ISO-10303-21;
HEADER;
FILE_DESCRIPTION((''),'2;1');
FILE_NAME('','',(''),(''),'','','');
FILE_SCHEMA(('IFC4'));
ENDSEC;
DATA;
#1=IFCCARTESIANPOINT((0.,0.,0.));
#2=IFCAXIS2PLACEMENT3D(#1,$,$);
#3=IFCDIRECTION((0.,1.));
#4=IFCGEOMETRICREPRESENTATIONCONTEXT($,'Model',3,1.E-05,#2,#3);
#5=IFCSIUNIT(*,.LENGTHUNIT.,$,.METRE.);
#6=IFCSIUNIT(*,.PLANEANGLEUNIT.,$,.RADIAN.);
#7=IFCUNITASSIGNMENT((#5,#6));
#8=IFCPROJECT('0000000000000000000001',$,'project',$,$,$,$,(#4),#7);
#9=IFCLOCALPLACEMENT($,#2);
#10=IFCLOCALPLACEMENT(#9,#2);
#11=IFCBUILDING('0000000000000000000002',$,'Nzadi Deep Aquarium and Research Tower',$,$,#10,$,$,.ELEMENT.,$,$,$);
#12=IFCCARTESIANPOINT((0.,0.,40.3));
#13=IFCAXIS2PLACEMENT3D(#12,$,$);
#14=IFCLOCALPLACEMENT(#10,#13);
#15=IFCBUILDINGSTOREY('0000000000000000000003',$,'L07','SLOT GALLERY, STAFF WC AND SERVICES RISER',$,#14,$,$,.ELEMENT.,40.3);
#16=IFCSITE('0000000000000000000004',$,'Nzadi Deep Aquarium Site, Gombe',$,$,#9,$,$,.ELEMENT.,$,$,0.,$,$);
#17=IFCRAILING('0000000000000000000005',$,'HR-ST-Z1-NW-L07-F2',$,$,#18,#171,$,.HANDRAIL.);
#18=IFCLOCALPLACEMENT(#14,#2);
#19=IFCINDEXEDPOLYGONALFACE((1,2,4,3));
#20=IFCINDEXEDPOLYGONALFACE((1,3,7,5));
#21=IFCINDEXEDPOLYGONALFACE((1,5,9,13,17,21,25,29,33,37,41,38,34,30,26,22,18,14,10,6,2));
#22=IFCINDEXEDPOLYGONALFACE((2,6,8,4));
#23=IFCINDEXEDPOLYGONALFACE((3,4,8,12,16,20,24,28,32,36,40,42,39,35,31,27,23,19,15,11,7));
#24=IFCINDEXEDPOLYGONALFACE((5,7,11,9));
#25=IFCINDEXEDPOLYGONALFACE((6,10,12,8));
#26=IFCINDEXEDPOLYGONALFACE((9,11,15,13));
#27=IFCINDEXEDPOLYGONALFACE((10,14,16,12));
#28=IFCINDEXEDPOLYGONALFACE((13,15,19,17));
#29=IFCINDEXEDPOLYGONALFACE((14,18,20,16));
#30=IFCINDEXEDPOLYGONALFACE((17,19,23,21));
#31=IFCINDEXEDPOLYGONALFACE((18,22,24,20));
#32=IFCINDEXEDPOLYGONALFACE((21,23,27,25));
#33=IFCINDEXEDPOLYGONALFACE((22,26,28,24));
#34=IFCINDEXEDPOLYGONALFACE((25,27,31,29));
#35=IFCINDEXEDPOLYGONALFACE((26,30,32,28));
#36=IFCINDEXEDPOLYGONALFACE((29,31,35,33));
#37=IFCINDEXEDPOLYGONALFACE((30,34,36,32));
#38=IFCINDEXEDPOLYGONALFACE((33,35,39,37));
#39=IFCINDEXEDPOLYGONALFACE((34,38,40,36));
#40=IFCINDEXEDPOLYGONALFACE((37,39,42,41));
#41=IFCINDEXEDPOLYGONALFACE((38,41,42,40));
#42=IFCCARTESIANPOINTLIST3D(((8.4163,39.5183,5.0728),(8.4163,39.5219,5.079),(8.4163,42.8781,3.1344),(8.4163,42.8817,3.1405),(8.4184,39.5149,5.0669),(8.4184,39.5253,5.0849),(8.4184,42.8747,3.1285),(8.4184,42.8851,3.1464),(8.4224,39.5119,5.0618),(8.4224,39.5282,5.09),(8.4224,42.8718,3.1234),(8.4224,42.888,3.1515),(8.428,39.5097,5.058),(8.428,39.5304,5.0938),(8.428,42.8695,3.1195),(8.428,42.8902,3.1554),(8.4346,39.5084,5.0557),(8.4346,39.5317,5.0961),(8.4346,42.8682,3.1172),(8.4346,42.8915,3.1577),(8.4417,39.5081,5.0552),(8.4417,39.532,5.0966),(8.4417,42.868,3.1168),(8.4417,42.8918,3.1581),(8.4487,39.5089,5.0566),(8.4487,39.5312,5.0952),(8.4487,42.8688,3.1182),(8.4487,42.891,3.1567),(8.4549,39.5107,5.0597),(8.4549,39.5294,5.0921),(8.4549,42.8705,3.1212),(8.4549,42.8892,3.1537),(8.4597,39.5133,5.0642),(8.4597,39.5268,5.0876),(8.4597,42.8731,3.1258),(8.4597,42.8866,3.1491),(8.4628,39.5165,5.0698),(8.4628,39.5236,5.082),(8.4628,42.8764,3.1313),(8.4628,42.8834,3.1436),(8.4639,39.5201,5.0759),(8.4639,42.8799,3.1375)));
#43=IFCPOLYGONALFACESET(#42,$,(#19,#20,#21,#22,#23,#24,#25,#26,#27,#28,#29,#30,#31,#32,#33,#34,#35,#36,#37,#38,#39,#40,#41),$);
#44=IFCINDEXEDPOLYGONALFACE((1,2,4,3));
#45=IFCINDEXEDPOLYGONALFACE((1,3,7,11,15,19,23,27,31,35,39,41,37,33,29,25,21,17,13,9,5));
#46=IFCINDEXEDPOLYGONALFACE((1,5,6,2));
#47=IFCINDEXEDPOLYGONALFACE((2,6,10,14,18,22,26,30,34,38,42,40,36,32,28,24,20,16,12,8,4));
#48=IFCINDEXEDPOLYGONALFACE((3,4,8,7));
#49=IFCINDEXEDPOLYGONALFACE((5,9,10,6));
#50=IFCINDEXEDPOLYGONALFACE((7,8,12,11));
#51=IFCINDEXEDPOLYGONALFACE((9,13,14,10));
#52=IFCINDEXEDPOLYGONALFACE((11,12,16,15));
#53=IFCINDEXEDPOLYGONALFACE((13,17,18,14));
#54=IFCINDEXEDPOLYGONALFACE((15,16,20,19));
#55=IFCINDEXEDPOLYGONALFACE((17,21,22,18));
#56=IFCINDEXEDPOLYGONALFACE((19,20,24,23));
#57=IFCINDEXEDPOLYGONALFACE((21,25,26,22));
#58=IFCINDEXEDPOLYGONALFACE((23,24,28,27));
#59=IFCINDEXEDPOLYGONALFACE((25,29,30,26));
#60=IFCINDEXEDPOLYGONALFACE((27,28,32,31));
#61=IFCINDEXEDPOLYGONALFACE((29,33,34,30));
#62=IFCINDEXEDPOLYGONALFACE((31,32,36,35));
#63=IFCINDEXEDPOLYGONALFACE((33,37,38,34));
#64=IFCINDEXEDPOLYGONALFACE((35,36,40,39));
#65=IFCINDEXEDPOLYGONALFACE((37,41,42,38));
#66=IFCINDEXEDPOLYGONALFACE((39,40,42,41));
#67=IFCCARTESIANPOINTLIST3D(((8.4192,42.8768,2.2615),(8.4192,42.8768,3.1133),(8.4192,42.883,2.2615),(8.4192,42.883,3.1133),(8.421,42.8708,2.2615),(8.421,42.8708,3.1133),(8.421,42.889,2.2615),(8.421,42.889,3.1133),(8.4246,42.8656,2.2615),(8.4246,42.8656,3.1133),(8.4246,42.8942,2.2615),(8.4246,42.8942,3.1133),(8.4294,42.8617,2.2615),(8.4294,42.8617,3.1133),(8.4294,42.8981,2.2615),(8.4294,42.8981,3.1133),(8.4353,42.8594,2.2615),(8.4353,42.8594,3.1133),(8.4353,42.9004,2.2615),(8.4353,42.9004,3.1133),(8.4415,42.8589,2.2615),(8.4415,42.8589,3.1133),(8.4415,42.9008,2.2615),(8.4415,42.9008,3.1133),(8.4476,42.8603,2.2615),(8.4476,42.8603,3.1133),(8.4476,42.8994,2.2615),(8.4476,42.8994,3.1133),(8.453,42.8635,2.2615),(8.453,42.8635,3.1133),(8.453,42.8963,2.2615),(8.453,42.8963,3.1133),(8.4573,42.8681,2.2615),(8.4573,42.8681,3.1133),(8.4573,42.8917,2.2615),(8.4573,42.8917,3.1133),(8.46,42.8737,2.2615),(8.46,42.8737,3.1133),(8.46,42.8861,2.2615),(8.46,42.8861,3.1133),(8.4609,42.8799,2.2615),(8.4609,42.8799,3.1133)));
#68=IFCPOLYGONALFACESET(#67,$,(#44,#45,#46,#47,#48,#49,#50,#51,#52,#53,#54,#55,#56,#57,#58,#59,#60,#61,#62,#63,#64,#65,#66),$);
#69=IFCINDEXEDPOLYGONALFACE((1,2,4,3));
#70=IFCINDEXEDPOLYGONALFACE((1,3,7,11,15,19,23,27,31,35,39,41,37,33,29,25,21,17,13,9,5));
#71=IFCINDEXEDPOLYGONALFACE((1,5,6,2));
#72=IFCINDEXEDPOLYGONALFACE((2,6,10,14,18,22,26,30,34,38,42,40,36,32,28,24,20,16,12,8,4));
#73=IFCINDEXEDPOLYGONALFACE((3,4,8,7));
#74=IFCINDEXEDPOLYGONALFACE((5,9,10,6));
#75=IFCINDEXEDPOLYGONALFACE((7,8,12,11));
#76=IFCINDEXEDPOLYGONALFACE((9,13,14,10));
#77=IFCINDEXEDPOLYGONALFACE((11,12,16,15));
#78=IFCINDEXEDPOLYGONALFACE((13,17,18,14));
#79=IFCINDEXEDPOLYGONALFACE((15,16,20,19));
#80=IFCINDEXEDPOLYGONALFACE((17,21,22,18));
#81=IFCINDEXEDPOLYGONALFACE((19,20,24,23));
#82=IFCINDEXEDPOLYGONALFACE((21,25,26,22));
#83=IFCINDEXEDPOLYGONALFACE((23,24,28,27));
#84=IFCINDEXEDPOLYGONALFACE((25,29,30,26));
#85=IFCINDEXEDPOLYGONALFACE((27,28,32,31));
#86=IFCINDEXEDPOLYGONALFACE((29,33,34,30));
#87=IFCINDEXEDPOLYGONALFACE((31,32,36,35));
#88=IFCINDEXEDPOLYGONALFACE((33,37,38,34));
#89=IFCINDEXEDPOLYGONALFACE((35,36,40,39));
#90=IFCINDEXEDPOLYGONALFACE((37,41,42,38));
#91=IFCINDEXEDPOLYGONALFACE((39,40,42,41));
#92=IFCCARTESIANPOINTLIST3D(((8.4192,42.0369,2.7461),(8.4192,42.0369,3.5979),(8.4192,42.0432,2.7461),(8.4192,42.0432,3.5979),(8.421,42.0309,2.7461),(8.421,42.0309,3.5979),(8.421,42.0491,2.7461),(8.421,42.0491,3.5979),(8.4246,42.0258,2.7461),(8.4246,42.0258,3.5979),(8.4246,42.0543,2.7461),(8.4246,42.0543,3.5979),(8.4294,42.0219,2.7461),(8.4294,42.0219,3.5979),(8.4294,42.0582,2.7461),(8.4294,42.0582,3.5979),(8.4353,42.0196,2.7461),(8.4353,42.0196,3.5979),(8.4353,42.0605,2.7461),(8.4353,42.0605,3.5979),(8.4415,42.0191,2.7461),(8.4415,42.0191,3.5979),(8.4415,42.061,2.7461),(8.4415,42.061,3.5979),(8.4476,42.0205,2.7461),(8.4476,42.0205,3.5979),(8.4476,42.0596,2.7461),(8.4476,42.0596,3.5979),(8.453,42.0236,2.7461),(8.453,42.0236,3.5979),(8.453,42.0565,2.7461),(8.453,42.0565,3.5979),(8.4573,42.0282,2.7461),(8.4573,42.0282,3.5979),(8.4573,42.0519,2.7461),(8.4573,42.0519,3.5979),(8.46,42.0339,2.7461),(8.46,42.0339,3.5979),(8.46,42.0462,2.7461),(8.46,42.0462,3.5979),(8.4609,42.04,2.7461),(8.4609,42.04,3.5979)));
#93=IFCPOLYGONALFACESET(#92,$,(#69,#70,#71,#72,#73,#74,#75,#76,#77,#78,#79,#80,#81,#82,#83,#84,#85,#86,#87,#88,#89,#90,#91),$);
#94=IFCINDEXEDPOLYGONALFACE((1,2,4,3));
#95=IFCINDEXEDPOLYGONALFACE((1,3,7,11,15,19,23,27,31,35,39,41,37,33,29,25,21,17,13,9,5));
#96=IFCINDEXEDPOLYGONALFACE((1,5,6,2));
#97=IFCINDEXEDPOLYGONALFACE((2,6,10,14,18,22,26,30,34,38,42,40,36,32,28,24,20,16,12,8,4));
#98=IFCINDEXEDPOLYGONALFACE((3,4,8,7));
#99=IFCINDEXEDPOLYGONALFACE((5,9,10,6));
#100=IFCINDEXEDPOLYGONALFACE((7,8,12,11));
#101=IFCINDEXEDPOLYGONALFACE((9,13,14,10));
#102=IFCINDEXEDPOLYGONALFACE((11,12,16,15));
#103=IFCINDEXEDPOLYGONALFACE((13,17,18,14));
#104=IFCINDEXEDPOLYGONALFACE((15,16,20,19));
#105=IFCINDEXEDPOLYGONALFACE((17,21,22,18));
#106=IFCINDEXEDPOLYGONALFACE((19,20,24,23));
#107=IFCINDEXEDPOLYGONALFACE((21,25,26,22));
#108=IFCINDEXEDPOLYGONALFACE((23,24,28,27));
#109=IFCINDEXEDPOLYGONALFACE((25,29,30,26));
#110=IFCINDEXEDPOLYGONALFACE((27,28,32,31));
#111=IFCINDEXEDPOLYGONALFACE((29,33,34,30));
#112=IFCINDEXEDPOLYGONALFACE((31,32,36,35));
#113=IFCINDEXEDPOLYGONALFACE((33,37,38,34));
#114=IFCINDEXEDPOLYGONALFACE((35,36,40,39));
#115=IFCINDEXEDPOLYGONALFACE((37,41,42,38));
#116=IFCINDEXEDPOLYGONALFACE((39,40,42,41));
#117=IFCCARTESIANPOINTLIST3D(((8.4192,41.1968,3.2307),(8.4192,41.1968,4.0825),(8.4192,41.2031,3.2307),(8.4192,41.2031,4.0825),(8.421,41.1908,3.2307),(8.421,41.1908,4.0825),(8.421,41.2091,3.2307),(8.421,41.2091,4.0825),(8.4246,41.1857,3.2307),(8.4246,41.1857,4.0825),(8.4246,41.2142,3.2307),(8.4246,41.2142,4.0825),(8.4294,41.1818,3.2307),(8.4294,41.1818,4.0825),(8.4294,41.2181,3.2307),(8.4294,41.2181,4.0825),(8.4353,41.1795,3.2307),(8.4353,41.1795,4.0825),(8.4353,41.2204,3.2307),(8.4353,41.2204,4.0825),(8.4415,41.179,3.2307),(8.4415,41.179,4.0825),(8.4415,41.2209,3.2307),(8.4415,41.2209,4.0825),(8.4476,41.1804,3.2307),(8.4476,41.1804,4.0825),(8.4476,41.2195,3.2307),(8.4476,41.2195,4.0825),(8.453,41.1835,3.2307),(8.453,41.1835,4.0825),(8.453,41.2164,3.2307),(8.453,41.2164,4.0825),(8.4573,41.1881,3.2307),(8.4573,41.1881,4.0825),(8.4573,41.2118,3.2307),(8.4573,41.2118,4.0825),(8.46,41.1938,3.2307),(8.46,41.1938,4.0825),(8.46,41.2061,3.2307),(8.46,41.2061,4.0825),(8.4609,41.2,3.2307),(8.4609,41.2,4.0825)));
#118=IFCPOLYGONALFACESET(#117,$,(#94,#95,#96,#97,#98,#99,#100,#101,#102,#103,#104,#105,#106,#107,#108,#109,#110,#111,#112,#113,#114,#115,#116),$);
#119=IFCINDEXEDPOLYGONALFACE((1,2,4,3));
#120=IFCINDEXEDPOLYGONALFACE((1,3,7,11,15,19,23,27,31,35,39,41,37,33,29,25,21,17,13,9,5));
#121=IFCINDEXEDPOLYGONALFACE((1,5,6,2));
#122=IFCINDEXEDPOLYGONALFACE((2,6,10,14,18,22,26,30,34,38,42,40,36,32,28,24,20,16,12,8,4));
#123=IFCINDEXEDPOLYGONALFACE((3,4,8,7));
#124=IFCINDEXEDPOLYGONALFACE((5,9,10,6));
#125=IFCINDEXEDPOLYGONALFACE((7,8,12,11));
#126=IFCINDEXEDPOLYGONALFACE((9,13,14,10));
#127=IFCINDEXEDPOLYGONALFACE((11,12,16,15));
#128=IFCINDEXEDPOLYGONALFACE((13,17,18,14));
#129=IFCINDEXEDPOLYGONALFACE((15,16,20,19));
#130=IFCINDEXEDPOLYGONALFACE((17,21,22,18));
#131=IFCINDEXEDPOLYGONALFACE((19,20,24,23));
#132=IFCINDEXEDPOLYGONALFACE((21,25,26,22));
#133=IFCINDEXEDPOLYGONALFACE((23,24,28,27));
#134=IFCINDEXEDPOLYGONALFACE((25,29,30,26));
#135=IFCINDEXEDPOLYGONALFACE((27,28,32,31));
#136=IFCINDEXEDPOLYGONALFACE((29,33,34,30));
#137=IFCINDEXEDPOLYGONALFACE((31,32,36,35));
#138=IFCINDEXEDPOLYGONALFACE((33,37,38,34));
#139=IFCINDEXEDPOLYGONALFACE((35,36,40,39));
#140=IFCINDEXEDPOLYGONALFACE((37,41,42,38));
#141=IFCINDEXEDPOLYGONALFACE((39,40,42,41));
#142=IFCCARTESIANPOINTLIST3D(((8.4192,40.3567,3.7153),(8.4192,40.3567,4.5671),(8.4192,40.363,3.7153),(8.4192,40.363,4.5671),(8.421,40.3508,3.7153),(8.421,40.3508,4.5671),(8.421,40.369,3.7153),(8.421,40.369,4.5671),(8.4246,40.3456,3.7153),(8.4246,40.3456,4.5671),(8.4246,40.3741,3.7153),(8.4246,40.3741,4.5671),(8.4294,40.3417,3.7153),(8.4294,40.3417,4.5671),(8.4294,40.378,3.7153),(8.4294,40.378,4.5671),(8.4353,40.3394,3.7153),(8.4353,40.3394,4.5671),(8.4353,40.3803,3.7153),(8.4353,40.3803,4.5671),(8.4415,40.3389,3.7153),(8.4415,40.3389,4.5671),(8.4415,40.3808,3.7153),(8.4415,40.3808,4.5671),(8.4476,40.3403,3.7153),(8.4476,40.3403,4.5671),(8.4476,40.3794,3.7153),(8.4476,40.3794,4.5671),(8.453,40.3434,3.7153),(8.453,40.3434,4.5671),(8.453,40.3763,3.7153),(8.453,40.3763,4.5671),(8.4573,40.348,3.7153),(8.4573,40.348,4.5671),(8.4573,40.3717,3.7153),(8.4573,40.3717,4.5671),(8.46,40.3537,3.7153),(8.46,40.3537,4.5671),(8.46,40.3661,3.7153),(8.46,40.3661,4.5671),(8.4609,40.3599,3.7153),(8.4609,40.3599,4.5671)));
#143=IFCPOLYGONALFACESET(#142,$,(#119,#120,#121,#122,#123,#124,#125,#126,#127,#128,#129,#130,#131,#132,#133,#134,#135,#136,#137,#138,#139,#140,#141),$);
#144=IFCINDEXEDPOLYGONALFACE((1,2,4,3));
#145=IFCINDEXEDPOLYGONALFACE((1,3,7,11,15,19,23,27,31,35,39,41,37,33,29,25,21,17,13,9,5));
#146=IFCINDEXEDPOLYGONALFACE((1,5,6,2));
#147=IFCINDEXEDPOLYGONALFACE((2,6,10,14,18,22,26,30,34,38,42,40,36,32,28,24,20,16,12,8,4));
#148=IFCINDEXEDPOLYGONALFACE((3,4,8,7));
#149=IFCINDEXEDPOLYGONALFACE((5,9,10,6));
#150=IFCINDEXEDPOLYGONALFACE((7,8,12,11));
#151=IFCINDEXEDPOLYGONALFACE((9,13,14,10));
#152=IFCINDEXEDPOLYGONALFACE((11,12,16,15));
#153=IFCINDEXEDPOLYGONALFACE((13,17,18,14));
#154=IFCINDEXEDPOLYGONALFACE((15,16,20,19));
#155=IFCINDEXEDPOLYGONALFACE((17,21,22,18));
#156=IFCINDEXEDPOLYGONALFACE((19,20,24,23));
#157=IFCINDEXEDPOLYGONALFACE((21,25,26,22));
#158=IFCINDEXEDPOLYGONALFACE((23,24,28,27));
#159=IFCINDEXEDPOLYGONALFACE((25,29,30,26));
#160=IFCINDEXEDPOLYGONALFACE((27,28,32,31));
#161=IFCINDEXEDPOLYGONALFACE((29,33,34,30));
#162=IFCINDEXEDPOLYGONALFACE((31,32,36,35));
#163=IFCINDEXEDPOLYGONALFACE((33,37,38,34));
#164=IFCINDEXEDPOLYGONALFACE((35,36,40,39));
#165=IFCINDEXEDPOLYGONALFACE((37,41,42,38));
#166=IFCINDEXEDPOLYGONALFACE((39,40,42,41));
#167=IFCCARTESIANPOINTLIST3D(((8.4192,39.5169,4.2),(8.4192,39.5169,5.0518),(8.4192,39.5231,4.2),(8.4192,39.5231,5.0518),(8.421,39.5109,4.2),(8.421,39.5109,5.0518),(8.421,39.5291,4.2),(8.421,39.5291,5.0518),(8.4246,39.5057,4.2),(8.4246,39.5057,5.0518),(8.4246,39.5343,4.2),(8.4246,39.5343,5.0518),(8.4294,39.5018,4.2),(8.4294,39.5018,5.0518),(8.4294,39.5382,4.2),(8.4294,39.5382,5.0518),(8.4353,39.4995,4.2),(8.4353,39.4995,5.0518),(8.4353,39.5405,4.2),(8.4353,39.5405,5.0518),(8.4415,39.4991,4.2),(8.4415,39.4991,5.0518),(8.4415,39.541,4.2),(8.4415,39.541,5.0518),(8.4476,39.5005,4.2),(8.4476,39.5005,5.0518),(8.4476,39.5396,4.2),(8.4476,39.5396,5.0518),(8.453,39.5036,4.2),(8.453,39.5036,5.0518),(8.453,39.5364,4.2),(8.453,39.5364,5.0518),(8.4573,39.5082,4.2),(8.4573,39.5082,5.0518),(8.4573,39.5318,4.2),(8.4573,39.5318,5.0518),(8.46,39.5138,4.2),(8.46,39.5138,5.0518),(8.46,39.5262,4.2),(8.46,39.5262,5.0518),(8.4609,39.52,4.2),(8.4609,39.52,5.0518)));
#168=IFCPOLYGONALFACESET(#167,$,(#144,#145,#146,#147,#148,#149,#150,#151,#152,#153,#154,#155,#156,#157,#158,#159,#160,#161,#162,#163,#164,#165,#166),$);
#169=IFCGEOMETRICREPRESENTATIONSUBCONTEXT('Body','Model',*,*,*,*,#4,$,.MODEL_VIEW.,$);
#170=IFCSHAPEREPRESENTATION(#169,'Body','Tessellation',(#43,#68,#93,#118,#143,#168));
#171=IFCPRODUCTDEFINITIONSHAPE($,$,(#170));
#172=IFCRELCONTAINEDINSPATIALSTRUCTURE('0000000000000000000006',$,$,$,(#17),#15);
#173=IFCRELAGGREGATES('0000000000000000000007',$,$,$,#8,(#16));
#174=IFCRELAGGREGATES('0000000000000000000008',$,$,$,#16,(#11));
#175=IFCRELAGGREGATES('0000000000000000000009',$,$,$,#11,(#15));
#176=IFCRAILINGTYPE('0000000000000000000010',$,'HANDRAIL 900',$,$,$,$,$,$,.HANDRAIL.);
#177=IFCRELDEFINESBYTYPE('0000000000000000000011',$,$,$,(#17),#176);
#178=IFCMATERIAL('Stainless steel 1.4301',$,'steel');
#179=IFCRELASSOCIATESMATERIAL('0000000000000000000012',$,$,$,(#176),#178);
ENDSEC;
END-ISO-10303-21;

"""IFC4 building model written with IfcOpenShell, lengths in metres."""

from ifc_helpers import new_model, si_unit, direction, frame, origin, origin_2d, place, context, subcontext, project, spatial, circle, extrude, material, type_object, element, save


model = new_model("IFC4")

# Units and contexts
model_context = context("Model", 3, precision=1e-05, world=origin(), true_north=direction((0.0, 1.0)))
body_context = subcontext(model_context, "Body", "Model", "MODEL_VIEW")
ifc_project = project(units=[si_unit("LENGTHUNIT", "METRE"), si_unit("PLANEANGLEUNIT", "RADIAN")], contexts=[model_context])

# Site, building, storey
site_placement = place(None, origin())
site = spatial("IfcSite", under=ifc_project, at=site_placement, Name="Nzadi Deep Aquarium Site, Gombe", CompositionType="ELEMENT", RefElevation=0.0)
building_placement = place(site_placement, origin())
building = spatial("IfcBuilding", under=site, at=building_placement, Name="Nzadi Deep Aquarium and Research Tower", CompositionType="ELEMENT")
storey_placement = place(building_placement, frame((0.0, 0.0, 40.3)))
storey = spatial("IfcBuildingStorey", under=building, at=storey_placement, Name="L07", Description="SLOT GALLERY, STAFF WC AND SERVICES RISER", CompositionType="ELEMENT", Elevation=40.3)

# Railing
ifc_material_1 = material(Name="Stainless steel 1.4301", Category="steel")
railing_type = type_object("IfcRailingType", Name="HANDRAIL 900", PredefinedType="HANDRAIL", material=ifc_material_1)
railing_placement = place(storey_placement, frame((8.4399, 42.8799, 2.2615)))
element("IfcRailing", 1, at=railing_placement, inside=storey, type_object=railing_type, Name="HR-ST-Z1-NW-L07-F2", PredefinedType="HANDRAIL", context=body_context, shape_type="SweptSolid", body=[
    extrude(circle(Radius=0.0239, at=origin_2d()), frame((0.0, 0.0, 0.876), z_axis=(0.0, -0.866175, 0.499741), x_axis=(1.0, 0.0, 0.0)), (0.0, 0.0, 1.0), 3.8789),
    extrude(circle(Radius=0.021, at=origin_2d()), origin(), (0.0, 0.0, 1.0), 0.8518),
    extrude(circle(Radius=0.021, at=origin_2d()), frame((0.0, -0.8398, 0.4846)), (0.0, 0.0, 1.0), 0.8518),
    extrude(circle(Radius=0.021, at=origin_2d()), frame((0.0, -1.6799, 0.9692)), (0.0, 0.0, 1.0), 0.8518),
    extrude(circle(Radius=0.021, at=origin_2d()), frame((0.0, -2.52, 1.4539)), (0.0, 0.0, 1.0), 0.8518),
    extrude(circle(Radius=0.021, at=origin_2d()), frame((0.0, -3.3599, 1.9385)), (0.0, 0.0, 1.0), 0.8518),
])

save(model, "model.ifc")
